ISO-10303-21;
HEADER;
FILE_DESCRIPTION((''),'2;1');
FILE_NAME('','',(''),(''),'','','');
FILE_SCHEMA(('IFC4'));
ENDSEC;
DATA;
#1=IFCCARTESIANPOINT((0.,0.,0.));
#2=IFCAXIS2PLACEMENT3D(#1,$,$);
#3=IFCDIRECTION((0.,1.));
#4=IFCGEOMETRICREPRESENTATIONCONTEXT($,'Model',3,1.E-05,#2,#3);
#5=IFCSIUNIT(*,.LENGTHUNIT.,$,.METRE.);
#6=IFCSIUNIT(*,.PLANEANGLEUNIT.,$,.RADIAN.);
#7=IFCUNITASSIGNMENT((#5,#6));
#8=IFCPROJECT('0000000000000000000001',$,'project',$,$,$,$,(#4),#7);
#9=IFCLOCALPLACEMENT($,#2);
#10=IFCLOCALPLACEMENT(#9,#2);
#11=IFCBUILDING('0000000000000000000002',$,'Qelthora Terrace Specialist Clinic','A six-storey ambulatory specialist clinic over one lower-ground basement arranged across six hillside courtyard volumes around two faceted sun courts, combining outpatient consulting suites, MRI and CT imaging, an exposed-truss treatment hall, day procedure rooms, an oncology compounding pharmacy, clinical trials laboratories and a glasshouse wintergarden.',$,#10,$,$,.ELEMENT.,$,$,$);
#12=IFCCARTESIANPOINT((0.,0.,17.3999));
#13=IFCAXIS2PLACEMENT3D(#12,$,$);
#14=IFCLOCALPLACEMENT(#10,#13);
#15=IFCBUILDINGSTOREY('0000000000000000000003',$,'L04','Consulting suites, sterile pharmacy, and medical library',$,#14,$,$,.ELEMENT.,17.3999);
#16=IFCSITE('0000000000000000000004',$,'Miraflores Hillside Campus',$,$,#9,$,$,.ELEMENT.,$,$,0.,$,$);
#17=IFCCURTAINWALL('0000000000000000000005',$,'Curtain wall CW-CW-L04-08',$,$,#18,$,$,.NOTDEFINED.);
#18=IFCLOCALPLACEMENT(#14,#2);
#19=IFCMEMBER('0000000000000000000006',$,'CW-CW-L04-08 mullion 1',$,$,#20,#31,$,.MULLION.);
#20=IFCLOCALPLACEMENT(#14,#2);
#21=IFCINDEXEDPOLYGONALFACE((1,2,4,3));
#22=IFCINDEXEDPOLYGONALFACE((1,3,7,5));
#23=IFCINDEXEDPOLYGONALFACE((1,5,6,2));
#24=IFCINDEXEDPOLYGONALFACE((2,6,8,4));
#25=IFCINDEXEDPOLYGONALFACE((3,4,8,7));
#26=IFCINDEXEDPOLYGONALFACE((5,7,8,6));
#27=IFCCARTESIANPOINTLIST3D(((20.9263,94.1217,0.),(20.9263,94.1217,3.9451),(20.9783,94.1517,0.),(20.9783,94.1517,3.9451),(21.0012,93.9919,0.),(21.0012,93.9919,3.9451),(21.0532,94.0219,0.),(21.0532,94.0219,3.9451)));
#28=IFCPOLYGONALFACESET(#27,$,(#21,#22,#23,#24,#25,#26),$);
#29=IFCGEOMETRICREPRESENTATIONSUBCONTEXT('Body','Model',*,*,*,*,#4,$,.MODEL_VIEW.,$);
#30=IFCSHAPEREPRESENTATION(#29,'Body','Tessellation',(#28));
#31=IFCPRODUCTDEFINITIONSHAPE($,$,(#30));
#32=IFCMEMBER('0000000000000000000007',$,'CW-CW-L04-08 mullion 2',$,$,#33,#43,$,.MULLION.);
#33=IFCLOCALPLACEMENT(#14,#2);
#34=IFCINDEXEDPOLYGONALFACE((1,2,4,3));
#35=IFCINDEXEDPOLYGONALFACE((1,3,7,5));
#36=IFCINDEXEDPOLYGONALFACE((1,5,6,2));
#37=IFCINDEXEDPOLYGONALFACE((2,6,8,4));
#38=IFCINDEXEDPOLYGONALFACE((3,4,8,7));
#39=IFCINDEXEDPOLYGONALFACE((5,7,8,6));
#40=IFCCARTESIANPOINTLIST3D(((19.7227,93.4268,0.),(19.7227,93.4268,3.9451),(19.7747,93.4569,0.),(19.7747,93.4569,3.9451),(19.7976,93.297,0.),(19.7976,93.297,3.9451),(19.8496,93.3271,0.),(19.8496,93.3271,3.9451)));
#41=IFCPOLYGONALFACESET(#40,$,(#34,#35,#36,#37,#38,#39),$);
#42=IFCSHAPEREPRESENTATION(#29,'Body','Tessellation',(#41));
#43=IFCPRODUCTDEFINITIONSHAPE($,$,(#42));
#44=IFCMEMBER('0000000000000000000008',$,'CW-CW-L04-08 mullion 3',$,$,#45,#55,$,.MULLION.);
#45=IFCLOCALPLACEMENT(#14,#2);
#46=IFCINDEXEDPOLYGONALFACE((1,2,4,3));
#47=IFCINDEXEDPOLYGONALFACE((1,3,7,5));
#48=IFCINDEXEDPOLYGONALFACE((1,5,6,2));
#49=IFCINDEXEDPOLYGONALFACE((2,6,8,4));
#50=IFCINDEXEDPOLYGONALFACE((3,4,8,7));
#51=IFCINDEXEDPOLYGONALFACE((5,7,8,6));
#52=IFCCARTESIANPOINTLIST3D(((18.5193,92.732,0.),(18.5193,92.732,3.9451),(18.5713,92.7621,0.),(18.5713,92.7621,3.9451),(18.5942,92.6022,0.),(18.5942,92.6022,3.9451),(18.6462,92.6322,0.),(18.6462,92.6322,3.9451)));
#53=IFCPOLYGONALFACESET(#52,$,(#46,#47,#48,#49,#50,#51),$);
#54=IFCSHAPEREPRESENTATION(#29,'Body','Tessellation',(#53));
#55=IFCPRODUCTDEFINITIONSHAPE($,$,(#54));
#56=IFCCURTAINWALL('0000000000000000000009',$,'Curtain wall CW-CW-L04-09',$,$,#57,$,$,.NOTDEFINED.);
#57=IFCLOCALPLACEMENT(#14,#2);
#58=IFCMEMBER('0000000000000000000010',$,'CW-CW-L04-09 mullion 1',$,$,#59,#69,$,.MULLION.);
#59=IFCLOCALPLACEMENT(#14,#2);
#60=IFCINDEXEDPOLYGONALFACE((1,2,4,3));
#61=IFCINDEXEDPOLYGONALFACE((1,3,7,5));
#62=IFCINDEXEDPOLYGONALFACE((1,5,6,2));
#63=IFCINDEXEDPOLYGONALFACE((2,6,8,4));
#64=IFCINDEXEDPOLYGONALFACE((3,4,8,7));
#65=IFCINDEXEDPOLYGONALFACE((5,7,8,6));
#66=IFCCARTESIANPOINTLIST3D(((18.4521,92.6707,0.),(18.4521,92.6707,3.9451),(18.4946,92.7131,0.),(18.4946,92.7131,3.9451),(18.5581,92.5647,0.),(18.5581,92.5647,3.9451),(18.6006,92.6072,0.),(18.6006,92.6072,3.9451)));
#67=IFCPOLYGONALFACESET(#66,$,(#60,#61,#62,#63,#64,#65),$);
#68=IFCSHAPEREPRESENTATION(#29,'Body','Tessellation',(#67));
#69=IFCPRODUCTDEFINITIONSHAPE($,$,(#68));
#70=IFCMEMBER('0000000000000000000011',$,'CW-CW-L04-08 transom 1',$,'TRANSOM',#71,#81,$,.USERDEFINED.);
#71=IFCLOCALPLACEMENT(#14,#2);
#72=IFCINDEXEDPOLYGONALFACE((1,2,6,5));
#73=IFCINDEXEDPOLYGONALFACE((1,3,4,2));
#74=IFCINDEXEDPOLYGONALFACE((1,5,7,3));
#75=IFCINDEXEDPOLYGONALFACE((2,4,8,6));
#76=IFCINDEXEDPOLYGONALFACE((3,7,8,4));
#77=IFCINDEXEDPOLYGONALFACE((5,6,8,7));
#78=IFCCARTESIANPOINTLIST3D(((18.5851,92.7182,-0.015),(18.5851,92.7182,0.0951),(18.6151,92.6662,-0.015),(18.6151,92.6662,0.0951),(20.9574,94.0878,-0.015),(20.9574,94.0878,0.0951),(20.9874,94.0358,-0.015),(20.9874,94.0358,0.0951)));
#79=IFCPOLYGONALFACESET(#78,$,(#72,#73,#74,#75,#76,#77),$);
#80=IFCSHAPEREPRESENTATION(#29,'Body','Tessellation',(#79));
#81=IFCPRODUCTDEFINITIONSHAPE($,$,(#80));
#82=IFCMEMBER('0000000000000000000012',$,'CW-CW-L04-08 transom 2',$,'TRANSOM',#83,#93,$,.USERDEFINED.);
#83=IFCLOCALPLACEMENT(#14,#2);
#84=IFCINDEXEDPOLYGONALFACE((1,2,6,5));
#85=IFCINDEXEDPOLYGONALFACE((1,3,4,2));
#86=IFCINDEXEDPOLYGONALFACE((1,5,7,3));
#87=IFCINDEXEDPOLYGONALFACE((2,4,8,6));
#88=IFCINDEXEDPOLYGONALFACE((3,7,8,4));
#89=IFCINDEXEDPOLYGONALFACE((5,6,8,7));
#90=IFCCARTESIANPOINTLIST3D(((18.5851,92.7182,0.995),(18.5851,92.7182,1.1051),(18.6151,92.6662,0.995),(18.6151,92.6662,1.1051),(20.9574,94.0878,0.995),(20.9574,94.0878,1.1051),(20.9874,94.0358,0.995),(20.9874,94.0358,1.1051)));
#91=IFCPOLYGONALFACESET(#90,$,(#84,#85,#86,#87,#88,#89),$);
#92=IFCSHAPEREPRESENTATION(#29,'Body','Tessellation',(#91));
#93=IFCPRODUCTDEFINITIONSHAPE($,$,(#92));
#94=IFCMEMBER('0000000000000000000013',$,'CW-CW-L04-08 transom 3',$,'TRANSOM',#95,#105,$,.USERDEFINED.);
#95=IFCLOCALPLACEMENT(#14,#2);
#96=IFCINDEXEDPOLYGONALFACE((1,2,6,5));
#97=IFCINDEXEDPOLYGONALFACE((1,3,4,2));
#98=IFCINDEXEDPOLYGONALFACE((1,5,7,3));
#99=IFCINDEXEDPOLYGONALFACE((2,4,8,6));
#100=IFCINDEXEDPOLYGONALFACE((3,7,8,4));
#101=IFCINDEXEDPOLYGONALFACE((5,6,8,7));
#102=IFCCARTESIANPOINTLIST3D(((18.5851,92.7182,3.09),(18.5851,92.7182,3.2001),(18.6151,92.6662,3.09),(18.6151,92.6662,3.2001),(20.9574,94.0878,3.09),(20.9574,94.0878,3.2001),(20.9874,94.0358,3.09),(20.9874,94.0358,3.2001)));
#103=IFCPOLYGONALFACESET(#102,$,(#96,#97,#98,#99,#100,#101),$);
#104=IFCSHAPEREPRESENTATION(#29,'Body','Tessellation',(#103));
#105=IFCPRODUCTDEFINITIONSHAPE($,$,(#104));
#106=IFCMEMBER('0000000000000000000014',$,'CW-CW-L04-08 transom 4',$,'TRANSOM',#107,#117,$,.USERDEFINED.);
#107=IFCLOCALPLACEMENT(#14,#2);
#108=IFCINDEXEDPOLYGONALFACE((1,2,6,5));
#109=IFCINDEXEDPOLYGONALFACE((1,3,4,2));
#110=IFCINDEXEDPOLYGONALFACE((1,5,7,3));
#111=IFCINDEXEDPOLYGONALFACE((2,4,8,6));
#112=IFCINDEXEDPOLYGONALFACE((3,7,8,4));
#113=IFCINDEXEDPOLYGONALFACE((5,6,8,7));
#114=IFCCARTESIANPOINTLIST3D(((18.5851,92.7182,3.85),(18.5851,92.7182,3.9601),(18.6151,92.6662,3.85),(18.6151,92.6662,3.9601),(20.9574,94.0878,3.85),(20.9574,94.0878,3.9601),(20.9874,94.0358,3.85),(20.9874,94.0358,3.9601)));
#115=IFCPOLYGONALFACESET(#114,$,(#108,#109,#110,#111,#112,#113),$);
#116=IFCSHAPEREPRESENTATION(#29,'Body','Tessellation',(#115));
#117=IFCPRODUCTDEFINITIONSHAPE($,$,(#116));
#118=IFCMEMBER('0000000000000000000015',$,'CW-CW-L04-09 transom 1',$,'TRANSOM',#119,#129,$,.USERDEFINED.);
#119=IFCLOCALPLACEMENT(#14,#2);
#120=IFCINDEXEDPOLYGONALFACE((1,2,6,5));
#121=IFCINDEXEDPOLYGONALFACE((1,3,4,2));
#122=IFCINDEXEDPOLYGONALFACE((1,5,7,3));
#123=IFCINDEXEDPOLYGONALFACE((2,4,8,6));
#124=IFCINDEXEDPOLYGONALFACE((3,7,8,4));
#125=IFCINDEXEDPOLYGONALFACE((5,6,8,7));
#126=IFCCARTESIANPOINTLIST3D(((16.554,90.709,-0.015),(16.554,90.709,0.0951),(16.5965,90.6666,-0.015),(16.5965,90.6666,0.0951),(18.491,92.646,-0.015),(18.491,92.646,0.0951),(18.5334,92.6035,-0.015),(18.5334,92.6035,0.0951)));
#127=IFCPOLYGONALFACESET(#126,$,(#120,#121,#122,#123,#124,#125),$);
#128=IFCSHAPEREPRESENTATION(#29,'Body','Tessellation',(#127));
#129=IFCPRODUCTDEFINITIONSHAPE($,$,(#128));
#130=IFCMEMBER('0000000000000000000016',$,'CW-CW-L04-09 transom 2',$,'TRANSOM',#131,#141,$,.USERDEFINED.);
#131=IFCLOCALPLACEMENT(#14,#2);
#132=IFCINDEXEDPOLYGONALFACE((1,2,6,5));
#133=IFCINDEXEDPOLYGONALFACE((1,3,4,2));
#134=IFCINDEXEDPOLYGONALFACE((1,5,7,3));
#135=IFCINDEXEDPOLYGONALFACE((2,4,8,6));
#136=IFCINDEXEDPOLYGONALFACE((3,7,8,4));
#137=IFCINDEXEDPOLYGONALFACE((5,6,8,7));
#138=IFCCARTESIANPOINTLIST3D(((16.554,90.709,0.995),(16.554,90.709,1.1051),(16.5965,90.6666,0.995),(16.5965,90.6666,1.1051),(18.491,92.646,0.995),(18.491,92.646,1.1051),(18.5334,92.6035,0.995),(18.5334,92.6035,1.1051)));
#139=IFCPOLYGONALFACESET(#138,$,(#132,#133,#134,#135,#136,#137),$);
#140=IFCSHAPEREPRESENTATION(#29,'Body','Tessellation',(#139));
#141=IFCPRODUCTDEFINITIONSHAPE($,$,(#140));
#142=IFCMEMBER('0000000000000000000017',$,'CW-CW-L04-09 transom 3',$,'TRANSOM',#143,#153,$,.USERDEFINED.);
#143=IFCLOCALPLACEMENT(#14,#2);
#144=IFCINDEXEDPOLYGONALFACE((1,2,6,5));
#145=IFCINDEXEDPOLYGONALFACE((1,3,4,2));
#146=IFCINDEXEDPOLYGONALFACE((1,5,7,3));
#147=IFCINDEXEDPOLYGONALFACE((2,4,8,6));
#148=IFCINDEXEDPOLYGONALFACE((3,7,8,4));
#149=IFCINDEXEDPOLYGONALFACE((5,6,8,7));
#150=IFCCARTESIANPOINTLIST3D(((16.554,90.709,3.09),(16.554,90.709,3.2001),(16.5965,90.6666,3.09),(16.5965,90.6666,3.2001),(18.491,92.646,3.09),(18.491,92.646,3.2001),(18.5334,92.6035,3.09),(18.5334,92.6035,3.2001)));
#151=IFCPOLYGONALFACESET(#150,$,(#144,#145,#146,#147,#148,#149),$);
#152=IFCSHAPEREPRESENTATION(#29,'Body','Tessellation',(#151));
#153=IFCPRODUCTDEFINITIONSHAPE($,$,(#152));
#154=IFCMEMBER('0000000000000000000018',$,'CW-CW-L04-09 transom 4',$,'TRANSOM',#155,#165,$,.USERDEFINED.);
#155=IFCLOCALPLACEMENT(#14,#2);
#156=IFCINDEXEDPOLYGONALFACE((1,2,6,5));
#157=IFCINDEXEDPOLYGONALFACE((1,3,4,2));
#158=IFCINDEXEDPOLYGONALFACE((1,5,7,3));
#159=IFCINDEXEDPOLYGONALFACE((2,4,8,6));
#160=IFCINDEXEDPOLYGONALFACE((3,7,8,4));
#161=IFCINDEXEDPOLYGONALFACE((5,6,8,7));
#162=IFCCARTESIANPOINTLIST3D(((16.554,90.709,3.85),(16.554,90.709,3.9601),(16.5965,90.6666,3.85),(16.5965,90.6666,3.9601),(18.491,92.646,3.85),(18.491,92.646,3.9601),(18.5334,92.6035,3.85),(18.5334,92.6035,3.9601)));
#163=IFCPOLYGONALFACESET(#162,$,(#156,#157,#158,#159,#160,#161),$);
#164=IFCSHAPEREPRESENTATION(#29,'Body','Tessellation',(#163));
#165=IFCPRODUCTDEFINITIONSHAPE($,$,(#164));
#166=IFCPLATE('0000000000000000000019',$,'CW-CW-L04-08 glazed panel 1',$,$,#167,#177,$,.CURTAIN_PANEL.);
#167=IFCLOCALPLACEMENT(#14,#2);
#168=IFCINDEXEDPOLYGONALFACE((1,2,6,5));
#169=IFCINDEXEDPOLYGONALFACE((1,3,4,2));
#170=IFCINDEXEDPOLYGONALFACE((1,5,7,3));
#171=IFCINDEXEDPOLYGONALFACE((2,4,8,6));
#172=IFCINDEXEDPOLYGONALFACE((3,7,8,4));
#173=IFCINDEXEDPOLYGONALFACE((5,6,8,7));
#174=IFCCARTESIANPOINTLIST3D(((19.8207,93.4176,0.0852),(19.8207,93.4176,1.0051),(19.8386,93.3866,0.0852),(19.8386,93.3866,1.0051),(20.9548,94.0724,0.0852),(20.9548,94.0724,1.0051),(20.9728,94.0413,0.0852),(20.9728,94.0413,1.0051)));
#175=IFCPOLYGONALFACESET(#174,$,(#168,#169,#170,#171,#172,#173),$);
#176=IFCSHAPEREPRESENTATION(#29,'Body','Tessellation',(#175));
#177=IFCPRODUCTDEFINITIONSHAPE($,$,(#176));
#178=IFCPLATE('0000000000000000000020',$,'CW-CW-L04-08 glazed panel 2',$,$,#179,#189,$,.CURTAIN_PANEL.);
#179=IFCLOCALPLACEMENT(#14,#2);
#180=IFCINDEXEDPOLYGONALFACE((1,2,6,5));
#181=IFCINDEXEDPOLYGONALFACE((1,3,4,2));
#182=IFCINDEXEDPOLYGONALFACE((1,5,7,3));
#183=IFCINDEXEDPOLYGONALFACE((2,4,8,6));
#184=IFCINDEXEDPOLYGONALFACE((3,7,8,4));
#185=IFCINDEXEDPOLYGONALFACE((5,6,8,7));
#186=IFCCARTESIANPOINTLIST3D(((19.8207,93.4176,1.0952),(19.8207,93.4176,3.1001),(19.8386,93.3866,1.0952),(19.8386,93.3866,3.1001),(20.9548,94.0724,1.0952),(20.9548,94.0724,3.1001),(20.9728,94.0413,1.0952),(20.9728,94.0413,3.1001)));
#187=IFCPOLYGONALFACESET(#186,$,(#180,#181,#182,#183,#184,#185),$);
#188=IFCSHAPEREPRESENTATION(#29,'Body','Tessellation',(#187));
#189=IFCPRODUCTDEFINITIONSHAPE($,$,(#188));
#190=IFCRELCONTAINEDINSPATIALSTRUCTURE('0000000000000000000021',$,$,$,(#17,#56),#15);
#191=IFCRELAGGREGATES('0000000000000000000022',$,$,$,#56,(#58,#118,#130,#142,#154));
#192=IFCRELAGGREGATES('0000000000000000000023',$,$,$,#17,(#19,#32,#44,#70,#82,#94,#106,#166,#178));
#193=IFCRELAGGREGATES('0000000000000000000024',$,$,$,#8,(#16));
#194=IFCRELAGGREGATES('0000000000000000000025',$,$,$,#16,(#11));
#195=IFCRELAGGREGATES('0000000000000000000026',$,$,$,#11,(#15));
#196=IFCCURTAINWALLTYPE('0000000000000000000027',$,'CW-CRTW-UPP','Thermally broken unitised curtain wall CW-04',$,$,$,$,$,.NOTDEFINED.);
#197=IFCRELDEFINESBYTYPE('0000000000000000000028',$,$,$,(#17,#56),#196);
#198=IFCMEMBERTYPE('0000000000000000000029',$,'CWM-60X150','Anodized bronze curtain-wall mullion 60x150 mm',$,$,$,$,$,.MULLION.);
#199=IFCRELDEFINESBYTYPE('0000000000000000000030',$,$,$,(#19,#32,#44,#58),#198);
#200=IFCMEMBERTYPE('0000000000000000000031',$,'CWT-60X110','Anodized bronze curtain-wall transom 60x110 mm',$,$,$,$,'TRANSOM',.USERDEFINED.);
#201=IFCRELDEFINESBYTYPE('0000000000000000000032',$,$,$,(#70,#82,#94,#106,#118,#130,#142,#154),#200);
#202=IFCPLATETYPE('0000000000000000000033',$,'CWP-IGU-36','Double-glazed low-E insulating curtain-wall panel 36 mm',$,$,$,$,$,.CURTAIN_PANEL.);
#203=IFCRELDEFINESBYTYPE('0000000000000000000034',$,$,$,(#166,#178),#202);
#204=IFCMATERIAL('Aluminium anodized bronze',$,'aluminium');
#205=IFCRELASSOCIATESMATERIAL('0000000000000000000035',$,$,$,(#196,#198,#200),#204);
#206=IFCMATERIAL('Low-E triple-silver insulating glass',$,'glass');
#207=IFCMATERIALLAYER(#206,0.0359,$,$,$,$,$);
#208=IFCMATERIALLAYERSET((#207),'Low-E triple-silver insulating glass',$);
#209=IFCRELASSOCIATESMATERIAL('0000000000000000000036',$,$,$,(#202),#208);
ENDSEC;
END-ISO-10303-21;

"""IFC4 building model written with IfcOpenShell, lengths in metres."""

from ifc_helpers import new_model, si_unit, direction, frame, origin, origin_2d, place, context, subcontext, project, spatial, rectangle, extrude, material, layer, layer_set, material_profile, profile_set, type_object, element, aggregate, save


model = new_model("IFC4")

# Units and contexts
model_context = context("Model", 3, precision=1e-05, world=origin(), true_north=direction((0.0, 1.0)))
body_context = subcontext(model_context, "Body", "Model", "MODEL_VIEW")
ifc_project = project(units=[si_unit("LENGTHUNIT", "METRE"), si_unit("PLANEANGLEUNIT", "RADIAN")], contexts=[model_context])

# Site, building, storey
site_placement = place(None, origin())
site = spatial("IfcSite", under=ifc_project, at=site_placement, Name="Miraflores Hillside Campus", CompositionType="ELEMENT", RefElevation=0.0)
building_placement = place(site_placement, origin())
building = spatial("IfcBuilding", under=site, at=building_placement, Name="Qelthora Terrace Specialist Clinic", Description="A six-storey ambulatory specialist clinic over one lower-ground basement arranged across six hillside courtyard volumes around two faceted sun courts, combining outpatient consulting suites, MRI and CT imaging, an exposed-truss treatment hall, day procedure rooms, an oncology compounding pharmacy, clinical trials laboratories and a glasshouse wintergarden.", CompositionType="ELEMENT")
storey_placement = place(building_placement, frame((0.0, 0.0, 17.3999)))
storey = spatial("IfcBuildingStorey", under=building, at=storey_placement, Name="L04", Description="Consulting suites, sterile pharmacy, and medical library", CompositionType="ELEMENT", Elevation=17.3999)

# Curtain wall, members
ifc_material_1 = material(Name="Aluminium anodized bronze", Category="aluminium")
curtain_wall_type = type_object("IfcCurtainWallType", Name="CW-CRTW-UPP", Description="Thermally broken unitised curtain wall CW-04", PredefinedType="NOTDEFINED", material=ifc_material_1)
curtain_wall_1_placement = place(storey_placement, origin())
curtain_wall_1 = element("IfcCurtainWall", 1, at=curtain_wall_1_placement, inside=storey, type_object=curtain_wall_type, Name="Curtain wall CW-CW-L04-08", PredefinedType="NOTDEFINED")
ifc_material_profile_1 = material_profile(ifc_material_1, rectangle(XDim=0.0601, YDim=0.1499, at=origin_2d()), Name="CWM60X150")
ifc_profile_set_1 = profile_set([ifc_material_profile_1], Name="Aluminium anodized bronze")
member_type_1 = type_object("IfcMemberType", Name="CWM-60X150", Description="Anodized bronze curtain-wall mullion 60x150 mm", PredefinedType="MULLION", material=ifc_profile_set_1)
member_1_placement = place(storey_placement, frame((20.9897, 94.0718, 0.0), z_axis=(0.0, 0.0, 1.0), x_axis=(-0.866026, -0.5, 0.0)))
member_1 = element("IfcMember", 2, at=member_1_placement, type_object=member_type_1, Name="CW-CW-L04-08 mullion 1", PredefinedType="MULLION", context=body_context, shape_type="SweptSolid", body=[
    extrude(rectangle(XDim=0.0601, YDim=0.1499, at=origin_2d()), origin(), (0.0, 0.0, 1.0), 3.9451),
])
member_2_placement = place(storey_placement, frame((19.7861, 93.377, 0.0), z_axis=(0.0, 0.0, 1.0), x_axis=(-0.866026, -0.5, 0.0)))
member_2 = element("IfcMember", 3, at=member_2_placement, type_object=member_type_1, Name="CW-CW-L04-08 mullion 2", PredefinedType="MULLION", context=body_context, shape_type="SweptSolid", body=[
    extrude(rectangle(XDim=0.0601, YDim=0.1499, at=origin_2d()), origin(), (0.0, 0.0, 1.0), 3.9451),
])
member_3_placement = place(storey_placement, frame((18.5828, 92.6821, 0.0), z_axis=(0.0, 0.0, 1.0), x_axis=(-0.866026, -0.5, 0.0)))
member_3 = element("IfcMember", 4, at=member_3_placement, type_object=member_type_1, Name="CW-CW-L04-08 mullion 3", PredefinedType="MULLION", context=body_context, shape_type="SweptSolid", body=[
    extrude(rectangle(XDim=0.0601, YDim=0.1499, at=origin_2d()), origin(), (0.0, 0.0, 1.0), 3.9451),
])

# Curtain wall, member
curtain_wall_2_placement = place(storey_placement, origin())
curtain_wall_2 = element("IfcCurtainWall", 5, at=curtain_wall_2_placement, inside=storey, type_object=curtain_wall_type, Name="Curtain wall CW-CW-L04-09", PredefinedType="NOTDEFINED")
member_4_placement = place(storey_placement, frame((18.5264, 92.6389, 0.0), z_axis=(0.0, 0.0, 1.0), x_axis=(-0.707107, -0.707107, 0.0)))
member_4 = element("IfcMember", 6, at=member_4_placement, type_object=member_type_1, Name="CW-CW-L04-09 mullion 1", PredefinedType="MULLION", context=body_context, shape_type="SweptSolid", body=[
    extrude(rectangle(XDim=0.0601, YDim=0.1499, at=origin_2d()), origin(), (0.0, 0.0, 1.0), 3.9451),
])

# Members
ifc_material_profile_2 = material_profile(ifc_material_1, rectangle(XDim=0.0601, YDim=0.1101, at=origin_2d()), Name="CWT60X110")
ifc_profile_set_2 = profile_set([ifc_material_profile_2], Name="Aluminium anodized bronze")
member_type_2 = type_object("IfcMemberType", Name="CWT-60X110", Description="Anodized bronze curtain-wall transom 60x110 mm", ElementType="TRANSOM", PredefinedType="USERDEFINED", material=ifc_profile_set_2)
member_5_placement = place(storey_placement, frame((20.9724, 94.0618, 0.04), z_axis=(-0.86603, -0.499992, 0.0), x_axis=(0.499992, -0.86603, 0.0)))
member_5 = element("IfcMember", 7, at=member_5_placement, type_object=member_type_2, Name="CW-CW-L04-08 transom 1", ObjectType="TRANSOM", PredefinedType="USERDEFINED", context=body_context, shape_type="SweptSolid", body=[
    extrude(rectangle(XDim=0.0601, YDim=0.1101, at=origin_2d()), origin(), (0.0, 0.0, 1.0), 2.7393),
])
member_6_placement = place(storey_placement, frame((20.9724, 94.0618, 1.05), z_axis=(-0.86603, -0.499992, 0.0), x_axis=(0.499992, -0.86603, 0.0)))
member_6 = element("IfcMember", 8, at=member_6_placement, type_object=member_type_2, Name="CW-CW-L04-08 transom 2", ObjectType="TRANSOM", PredefinedType="USERDEFINED", context=body_context, shape_type="SweptSolid", body=[
    extrude(rectangle(XDim=0.0601, YDim=0.1101, at=origin_2d()), origin(), (0.0, 0.0, 1.0), 2.7393),
])
member_7_placement = place(storey_placement, frame((20.9724, 94.0618, 3.145), z_axis=(-0.86603, -0.499992, 0.0), x_axis=(0.499992, -0.86603, 0.0)))
member_7 = element("IfcMember", 9, at=member_7_placement, type_object=member_type_2, Name="CW-CW-L04-08 transom 3", ObjectType="TRANSOM", PredefinedType="USERDEFINED", context=body_context, shape_type="SweptSolid", body=[
    extrude(rectangle(XDim=0.0601, YDim=0.1101, at=origin_2d()), origin(), (0.0, 0.0, 1.0), 2.7393),
])
member_8_placement = place(storey_placement, frame((20.9724, 94.0618, 3.905), z_axis=(-0.86603, -0.499992, 0.0), x_axis=(0.499992, -0.86603, 0.0)))
member_8 = element("IfcMember", 10, at=member_8_placement, type_object=member_type_2, Name="CW-CW-L04-08 transom 4", ObjectType="TRANSOM", PredefinedType="USERDEFINED", context=body_context, shape_type="SweptSolid", body=[
    extrude(rectangle(XDim=0.0601, YDim=0.1101, at=origin_2d()), origin(), (0.0, 0.0, 1.0), 2.7393),
])
member_9_placement = place(storey_placement, frame((18.5122, 92.6248, 0.04), z_axis=(-0.707107, -0.707107, 0.0), x_axis=(0.707107, -0.707107, 0.0)))
member_9 = element("IfcMember", 11, at=member_9_placement, type_object=member_type_2, Name="CW-CW-L04-09 transom 1", ObjectType="TRANSOM", PredefinedType="USERDEFINED", context=body_context, shape_type="SweptSolid", body=[
    extrude(rectangle(XDim=0.0601, YDim=0.1101, at=origin_2d()), origin(), (0.0, 0.0, 1.0), 2.7393),
])
member_10_placement = place(storey_placement, frame((18.5122, 92.6248, 1.05), z_axis=(-0.707107, -0.707107, 0.0), x_axis=(0.707107, -0.707107, 0.0)))
member_10 = element("IfcMember", 12, at=member_10_placement, type_object=member_type_2, Name="CW-CW-L04-09 transom 2", ObjectType="TRANSOM", PredefinedType="USERDEFINED", context=body_context, shape_type="SweptSolid", body=[
    extrude(rectangle(XDim=0.0601, YDim=0.1101, at=origin_2d()), origin(), (0.0, 0.0, 1.0), 2.7393),
])
member_11_placement = place(storey_placement, frame((18.5122, 92.6248, 3.145), z_axis=(-0.707107, -0.707107, 0.0), x_axis=(0.707107, -0.707107, 0.0)))
member_11 = element("IfcMember", 13, at=member_11_placement, type_object=member_type_2, Name="CW-CW-L04-09 transom 3", ObjectType="TRANSOM", PredefinedType="USERDEFINED", context=body_context, shape_type="SweptSolid", body=[
    extrude(rectangle(XDim=0.0601, YDim=0.1101, at=origin_2d()), origin(), (0.0, 0.0, 1.0), 2.7393),
])
member_12_placement = place(storey_placement, frame((18.5122, 92.6248, 3.905), z_axis=(-0.707107, -0.707107, 0.0), x_axis=(0.707107, -0.707107, 0.0)))
member_12 = element("IfcMember", 14, at=member_12_placement, type_object=member_type_2, Name="CW-CW-L04-09 transom 4", ObjectType="TRANSOM", PredefinedType="USERDEFINED", context=body_context, shape_type="SweptSolid", body=[
    extrude(rectangle(XDim=0.0601, YDim=0.1101, at=origin_2d()), origin(), (0.0, 0.0, 1.0), 2.7393),
])
aggregate(curtain_wall_2, [member_4, member_9, member_10, member_11, member_12])

# Plates
ifc_material_2 = material(Name="Low-E triple-silver insulating glass", Category="glass")
ifc_layer = layer(ifc_material_2, 0.0359)
ifc_layer_set = layer_set([ifc_layer], Name="Low-E triple-silver insulating glass")
plate_type = type_object("IfcPlateType", Name="CWP-IGU-36", Description="Double-glazed low-E insulating curtain-wall panel 36 mm", PredefinedType="CURTAIN_PANEL", material=ifc_layer_set)
plate_1_placement = place(storey_placement, frame((20.3967, 93.7295, 0.0852), z_axis=(0.0, 0.0, 1.0), x_axis=(-0.866025, -0.5, 0.0)))
plate_1 = element("IfcPlate", 15, at=plate_1_placement, type_object=plate_type, Name="CW-CW-L04-08 glazed panel 1", PredefinedType="CURTAIN_PANEL", context=body_context, shape_type="SweptSolid", body=[
    extrude(rectangle(XDim=1.3096, YDim=0.0359, at=origin_2d()), origin(), (0.0, 0.0, 1.0), 0.9199),
])
plate_2_placement = place(storey_placement, frame((20.3967, 93.7295, 1.0952), z_axis=(0.0, 0.0, 1.0), x_axis=(-0.866025, -0.5, 0.0)))
plate_2 = element("IfcPlate", 16, at=plate_2_placement, type_object=plate_type, Name="CW-CW-L04-08 glazed panel 2", PredefinedType="CURTAIN_PANEL", context=body_context, shape_type="SweptSolid", body=[
    extrude(rectangle(XDim=1.3096, YDim=0.0359, at=origin_2d()), origin(), (0.0, 0.0, 1.0), 2.0049),
])
aggregate(curtain_wall_1, [member_1, member_2, member_3, member_5, member_6, member_7, member_8, plate_1, plate_2])

save(model, "model.ifc")
